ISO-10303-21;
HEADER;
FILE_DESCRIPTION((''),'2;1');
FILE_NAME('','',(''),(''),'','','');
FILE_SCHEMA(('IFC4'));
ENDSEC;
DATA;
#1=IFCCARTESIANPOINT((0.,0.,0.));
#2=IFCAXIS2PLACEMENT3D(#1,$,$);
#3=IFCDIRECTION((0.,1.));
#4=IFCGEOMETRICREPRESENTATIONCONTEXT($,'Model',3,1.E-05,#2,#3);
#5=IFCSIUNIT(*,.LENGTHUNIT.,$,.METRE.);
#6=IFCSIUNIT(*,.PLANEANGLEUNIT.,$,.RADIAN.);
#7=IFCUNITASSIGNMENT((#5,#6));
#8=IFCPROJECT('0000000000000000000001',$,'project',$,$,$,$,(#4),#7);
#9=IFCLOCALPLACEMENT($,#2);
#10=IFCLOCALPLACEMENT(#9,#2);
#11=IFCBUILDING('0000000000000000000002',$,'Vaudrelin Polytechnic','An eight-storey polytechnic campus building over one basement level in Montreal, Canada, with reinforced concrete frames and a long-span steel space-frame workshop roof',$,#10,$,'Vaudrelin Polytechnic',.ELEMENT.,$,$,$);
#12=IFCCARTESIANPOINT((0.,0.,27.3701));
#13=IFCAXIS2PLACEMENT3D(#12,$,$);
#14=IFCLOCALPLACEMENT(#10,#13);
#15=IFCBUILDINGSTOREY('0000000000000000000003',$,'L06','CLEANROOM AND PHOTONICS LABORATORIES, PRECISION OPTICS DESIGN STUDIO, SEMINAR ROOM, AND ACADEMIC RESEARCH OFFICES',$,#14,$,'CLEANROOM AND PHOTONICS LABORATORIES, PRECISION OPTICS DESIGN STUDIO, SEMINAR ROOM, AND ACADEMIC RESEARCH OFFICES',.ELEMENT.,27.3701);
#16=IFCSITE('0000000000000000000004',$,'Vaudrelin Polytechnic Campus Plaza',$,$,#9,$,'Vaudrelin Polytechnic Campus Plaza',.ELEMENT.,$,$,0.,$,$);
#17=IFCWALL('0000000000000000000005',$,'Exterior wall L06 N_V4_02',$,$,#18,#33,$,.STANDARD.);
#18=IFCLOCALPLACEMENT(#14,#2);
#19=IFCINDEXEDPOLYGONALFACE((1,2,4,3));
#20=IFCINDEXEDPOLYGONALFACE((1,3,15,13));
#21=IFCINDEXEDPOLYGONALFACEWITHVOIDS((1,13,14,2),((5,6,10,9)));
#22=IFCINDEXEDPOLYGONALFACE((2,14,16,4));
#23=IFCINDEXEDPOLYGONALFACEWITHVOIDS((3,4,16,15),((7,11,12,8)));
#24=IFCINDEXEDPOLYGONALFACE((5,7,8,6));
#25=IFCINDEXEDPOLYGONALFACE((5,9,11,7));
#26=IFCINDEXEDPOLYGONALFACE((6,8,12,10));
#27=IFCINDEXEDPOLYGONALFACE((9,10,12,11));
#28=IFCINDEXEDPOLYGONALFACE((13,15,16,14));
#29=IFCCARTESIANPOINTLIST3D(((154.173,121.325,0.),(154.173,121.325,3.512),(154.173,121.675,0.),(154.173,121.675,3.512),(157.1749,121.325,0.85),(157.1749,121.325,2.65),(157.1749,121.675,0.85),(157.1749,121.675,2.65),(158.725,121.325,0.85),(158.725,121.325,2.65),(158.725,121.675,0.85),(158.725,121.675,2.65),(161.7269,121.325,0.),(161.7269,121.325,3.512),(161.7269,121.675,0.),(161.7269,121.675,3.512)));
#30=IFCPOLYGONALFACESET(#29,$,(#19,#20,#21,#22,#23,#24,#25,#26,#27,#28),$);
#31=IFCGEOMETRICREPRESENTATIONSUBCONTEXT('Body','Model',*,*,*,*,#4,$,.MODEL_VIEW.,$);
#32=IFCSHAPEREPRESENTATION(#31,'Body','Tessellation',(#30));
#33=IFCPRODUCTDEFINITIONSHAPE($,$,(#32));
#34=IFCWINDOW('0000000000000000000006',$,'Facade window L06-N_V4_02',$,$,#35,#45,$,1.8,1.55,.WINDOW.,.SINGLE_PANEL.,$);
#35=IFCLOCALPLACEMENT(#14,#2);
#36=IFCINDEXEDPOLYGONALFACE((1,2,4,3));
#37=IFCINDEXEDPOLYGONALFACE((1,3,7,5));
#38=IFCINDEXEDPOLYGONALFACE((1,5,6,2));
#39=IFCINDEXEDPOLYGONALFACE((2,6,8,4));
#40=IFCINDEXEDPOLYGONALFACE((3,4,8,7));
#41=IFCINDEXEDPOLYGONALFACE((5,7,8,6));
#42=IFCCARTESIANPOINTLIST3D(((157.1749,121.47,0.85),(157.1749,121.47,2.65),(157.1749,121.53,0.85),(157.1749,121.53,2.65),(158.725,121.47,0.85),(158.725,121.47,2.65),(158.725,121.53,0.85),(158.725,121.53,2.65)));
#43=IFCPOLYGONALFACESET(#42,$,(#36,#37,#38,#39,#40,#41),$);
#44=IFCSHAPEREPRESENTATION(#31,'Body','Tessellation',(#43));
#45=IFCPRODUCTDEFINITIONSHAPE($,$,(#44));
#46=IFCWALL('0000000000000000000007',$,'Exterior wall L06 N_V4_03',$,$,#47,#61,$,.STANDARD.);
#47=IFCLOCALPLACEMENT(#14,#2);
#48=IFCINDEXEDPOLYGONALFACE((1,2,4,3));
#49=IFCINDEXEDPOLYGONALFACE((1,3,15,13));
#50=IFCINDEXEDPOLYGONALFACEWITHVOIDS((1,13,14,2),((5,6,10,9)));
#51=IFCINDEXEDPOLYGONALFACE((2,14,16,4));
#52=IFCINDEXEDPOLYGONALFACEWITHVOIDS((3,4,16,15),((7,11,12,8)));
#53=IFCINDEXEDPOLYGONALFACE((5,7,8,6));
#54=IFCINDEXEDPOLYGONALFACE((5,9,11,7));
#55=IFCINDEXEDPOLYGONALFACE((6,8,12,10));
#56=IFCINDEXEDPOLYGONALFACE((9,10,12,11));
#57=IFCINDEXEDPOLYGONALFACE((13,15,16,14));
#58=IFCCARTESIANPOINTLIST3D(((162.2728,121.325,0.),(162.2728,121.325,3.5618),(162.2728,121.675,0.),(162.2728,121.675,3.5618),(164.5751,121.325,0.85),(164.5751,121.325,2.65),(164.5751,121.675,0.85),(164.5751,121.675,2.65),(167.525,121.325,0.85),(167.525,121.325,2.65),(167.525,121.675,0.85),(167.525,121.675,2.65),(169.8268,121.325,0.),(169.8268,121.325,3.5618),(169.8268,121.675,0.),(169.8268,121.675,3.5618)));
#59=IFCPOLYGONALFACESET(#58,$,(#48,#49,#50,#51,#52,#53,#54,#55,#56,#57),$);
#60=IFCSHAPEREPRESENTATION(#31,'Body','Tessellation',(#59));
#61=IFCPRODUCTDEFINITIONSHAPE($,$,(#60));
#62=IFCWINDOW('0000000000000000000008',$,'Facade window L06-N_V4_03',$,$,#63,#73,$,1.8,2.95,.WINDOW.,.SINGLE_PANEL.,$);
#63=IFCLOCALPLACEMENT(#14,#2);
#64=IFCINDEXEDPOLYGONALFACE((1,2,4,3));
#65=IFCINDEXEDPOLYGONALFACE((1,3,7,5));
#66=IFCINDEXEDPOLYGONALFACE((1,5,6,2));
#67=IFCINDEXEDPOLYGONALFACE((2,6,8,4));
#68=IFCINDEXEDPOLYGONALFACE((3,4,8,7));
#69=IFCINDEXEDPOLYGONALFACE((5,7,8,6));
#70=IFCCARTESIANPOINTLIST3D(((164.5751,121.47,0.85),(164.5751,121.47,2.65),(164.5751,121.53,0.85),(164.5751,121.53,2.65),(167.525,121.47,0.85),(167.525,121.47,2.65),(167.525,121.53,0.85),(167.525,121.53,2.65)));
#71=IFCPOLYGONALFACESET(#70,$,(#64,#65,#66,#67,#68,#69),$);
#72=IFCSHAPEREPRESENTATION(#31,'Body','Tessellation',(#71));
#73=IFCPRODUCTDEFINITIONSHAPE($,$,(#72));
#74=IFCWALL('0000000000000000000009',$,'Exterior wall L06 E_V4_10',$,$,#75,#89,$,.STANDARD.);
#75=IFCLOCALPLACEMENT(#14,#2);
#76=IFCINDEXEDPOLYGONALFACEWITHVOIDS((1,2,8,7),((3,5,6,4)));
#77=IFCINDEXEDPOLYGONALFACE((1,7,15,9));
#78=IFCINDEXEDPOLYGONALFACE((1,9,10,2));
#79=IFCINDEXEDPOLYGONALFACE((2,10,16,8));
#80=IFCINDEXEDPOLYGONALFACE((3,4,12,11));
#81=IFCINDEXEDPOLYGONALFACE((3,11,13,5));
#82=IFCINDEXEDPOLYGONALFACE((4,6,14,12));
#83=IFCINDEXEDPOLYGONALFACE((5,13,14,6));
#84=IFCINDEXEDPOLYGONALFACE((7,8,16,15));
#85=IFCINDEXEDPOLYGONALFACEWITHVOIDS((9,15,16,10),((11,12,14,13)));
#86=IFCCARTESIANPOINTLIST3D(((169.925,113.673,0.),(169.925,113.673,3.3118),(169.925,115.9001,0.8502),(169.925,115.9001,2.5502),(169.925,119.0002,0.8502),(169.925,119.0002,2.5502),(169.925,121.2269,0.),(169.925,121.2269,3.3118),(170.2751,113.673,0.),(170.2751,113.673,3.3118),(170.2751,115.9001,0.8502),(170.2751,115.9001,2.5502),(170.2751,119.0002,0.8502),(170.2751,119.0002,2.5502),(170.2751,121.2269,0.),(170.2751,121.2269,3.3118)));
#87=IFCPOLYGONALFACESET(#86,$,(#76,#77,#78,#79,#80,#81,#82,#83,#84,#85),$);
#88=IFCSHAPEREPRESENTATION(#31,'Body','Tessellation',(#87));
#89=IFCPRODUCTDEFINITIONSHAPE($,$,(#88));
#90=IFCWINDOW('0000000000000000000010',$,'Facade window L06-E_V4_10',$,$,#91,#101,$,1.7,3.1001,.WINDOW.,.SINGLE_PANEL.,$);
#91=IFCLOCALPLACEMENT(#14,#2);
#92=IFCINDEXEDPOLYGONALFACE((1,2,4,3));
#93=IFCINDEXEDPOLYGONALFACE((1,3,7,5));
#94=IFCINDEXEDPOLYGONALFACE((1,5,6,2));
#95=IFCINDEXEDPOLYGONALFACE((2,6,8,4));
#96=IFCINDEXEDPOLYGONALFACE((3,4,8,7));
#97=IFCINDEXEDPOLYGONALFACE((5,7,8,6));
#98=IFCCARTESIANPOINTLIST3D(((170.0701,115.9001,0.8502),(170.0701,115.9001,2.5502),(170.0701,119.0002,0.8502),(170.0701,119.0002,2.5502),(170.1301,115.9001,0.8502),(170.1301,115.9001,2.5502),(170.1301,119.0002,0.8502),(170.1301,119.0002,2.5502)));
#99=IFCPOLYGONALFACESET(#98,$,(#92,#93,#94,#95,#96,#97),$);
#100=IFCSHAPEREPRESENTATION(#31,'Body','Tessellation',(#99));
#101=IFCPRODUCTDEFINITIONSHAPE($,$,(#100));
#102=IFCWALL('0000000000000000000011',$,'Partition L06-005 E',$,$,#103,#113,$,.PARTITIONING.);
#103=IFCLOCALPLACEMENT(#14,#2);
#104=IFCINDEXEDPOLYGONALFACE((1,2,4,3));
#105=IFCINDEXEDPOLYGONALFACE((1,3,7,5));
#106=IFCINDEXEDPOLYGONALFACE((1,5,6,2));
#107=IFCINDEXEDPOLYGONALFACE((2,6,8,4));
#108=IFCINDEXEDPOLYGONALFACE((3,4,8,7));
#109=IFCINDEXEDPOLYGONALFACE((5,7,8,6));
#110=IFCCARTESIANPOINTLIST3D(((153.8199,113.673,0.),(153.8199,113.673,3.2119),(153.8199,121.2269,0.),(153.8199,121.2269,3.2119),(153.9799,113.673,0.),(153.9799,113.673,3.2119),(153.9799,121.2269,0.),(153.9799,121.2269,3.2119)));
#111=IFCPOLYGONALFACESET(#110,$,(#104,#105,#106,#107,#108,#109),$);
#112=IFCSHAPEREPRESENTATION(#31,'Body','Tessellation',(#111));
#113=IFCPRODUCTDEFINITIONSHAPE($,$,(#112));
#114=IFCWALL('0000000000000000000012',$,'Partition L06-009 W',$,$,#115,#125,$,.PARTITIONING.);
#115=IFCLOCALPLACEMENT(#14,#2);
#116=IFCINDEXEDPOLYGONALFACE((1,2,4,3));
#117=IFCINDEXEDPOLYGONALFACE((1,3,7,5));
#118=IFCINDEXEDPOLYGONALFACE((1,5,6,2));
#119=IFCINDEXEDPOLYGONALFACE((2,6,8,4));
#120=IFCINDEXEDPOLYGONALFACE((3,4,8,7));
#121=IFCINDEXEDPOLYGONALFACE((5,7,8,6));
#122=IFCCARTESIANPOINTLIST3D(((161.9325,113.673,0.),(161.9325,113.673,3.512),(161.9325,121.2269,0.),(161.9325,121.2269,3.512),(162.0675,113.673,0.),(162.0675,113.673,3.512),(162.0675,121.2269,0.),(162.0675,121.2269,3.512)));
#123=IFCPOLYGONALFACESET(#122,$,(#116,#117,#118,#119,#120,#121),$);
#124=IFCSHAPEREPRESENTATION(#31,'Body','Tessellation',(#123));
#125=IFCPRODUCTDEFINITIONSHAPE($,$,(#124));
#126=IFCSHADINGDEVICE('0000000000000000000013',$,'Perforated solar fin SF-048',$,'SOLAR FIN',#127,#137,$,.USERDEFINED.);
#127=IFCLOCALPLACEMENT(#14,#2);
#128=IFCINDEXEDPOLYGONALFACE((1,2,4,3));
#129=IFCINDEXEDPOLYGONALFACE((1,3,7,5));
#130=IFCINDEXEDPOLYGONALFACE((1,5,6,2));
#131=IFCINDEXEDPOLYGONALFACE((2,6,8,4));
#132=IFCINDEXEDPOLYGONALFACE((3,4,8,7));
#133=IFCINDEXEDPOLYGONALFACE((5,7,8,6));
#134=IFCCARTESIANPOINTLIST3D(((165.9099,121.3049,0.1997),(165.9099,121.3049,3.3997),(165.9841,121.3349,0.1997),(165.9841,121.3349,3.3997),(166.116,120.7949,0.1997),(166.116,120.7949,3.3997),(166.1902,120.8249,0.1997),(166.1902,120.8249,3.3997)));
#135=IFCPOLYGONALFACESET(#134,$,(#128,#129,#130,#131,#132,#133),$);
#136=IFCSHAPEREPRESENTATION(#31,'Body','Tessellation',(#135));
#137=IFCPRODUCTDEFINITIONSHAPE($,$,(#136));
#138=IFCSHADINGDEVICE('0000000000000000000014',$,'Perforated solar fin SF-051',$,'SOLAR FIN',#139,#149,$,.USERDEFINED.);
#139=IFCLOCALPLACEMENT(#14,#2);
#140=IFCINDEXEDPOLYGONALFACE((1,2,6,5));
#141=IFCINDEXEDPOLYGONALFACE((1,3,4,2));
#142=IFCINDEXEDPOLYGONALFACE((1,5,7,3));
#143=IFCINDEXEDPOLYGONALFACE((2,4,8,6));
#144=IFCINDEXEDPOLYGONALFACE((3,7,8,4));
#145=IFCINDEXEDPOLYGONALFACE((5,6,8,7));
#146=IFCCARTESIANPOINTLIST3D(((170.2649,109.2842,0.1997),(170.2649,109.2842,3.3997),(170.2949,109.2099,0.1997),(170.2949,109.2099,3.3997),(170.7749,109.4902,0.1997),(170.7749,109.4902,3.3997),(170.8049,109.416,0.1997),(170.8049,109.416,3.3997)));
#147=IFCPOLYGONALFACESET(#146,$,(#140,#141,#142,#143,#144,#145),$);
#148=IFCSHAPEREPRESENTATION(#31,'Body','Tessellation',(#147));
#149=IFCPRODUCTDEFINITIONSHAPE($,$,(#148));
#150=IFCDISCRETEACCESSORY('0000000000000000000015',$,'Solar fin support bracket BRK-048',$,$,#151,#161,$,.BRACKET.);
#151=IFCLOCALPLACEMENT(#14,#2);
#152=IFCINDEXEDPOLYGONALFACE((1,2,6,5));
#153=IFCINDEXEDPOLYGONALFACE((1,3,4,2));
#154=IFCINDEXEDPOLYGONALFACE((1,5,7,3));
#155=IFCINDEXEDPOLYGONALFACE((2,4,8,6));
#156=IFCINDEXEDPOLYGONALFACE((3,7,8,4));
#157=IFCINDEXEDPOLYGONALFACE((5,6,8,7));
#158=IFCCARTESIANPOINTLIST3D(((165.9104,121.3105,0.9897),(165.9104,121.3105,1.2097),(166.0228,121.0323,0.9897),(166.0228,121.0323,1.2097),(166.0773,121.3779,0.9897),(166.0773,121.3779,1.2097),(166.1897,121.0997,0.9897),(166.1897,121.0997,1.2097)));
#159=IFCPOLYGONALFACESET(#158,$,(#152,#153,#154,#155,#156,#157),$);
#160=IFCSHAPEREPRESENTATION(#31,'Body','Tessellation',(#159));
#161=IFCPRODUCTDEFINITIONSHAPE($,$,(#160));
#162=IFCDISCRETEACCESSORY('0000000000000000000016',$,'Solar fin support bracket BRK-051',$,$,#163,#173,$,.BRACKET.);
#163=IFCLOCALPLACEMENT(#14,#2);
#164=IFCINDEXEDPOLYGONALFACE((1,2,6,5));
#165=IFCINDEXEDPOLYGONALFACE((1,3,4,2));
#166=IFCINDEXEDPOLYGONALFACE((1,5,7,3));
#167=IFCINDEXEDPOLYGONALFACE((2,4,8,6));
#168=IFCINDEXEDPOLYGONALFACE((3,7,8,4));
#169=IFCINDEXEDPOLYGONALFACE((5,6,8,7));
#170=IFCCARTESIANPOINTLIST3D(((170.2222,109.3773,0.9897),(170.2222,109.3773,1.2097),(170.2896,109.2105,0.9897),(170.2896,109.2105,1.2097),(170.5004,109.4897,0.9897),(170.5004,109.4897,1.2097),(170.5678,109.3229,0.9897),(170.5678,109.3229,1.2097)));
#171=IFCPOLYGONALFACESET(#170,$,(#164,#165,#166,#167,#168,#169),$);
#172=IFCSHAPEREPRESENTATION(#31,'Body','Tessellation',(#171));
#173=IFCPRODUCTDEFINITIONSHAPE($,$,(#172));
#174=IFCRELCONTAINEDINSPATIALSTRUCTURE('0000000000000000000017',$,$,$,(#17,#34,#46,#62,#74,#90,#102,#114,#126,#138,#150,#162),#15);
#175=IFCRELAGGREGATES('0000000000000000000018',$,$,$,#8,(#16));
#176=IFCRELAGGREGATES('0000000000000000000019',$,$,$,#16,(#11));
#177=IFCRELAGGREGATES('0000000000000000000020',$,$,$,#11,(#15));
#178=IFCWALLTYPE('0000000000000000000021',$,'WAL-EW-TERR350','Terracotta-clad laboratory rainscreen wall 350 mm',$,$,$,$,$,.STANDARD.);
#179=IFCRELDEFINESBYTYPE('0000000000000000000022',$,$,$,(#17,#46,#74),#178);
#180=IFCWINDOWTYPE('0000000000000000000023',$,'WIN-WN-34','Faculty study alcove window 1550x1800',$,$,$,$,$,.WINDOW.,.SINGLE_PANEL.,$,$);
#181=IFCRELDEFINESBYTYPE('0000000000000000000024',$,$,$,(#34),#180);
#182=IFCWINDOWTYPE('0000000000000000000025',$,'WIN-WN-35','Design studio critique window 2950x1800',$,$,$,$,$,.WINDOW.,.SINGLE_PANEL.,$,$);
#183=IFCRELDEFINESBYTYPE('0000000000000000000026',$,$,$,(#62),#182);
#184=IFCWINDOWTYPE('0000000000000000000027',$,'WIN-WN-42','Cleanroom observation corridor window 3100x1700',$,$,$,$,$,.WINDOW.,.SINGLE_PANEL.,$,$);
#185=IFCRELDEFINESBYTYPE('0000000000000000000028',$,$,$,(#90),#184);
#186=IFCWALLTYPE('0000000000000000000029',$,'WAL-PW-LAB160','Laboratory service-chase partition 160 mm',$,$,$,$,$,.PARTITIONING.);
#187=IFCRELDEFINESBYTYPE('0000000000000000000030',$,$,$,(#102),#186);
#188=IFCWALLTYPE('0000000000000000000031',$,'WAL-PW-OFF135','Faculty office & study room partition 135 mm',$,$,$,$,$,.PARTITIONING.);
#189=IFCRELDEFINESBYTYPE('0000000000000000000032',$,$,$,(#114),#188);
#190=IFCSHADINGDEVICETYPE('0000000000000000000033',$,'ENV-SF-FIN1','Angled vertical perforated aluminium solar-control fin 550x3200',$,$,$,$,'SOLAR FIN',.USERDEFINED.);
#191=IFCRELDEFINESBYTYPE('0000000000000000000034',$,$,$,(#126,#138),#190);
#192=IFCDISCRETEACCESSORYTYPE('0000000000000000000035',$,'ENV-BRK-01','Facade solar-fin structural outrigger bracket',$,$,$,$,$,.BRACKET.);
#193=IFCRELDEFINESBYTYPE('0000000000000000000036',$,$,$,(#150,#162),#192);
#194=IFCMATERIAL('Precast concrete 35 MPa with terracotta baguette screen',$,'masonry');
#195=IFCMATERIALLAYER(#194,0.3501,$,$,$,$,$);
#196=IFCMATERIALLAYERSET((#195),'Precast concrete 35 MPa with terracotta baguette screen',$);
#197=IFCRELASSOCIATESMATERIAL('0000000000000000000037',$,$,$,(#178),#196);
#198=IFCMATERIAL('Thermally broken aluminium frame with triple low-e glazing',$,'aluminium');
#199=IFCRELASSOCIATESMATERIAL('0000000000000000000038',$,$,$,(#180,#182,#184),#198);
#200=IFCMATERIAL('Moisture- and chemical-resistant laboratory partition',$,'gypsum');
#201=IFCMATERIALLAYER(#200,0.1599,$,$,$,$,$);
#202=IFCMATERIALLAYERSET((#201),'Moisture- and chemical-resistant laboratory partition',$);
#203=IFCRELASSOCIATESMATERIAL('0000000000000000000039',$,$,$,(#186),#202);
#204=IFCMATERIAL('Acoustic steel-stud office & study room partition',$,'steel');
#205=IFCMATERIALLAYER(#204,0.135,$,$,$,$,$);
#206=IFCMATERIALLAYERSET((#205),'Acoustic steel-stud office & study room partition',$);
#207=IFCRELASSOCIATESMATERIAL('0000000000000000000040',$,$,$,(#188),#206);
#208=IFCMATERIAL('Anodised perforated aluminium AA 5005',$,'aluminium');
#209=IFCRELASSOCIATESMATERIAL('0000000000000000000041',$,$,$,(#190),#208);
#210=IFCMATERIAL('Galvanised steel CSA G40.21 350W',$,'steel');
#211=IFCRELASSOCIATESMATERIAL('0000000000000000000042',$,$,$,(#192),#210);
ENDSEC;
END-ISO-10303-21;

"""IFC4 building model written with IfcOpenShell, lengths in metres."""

from ifc_helpers import new_model, si_unit, direction, frame, frame_2d, origin, origin_2d, place, context, subcontext, project, spatial, rectangle, extrude, material, layer, layer_set, type_object, element, fill, save


model = new_model("IFC4")

# Units and contexts
model_context = context("Model", 3, precision=1e-05, world=origin(), true_north=direction((0.0, 1.0)))
body_context = subcontext(model_context, "Body", "Model", "MODEL_VIEW")
ifc_project = project(units=[si_unit("LENGTHUNIT", "METRE"), si_unit("PLANEANGLEUNIT", "RADIAN")], contexts=[model_context])

# Site, building, storey
site_placement = place(None, origin())
site = spatial("IfcSite", under=ifc_project, at=site_placement, Name="Vaudrelin Polytechnic Campus Plaza", LongName="Vaudrelin Polytechnic Campus Plaza", CompositionType="ELEMENT", RefElevation=0.0)
building_placement = place(site_placement, origin())
building = spatial("IfcBuilding", under=site, at=building_placement, Name="Vaudrelin Polytechnic", Description="An eight-storey polytechnic campus building over one basement level in Montreal, Canada, with reinforced concrete frames and a long-span steel space-frame workshop roof", LongName="Vaudrelin Polytechnic", CompositionType="ELEMENT")
storey_placement = place(building_placement, frame((0.0, 0.0, 27.3701)))
storey = spatial("IfcBuildingStorey", under=building, at=storey_placement, Name="L06", Description="CLEANROOM AND PHOTONICS LABORATORIES, PRECISION OPTICS DESIGN STUDIO, SEMINAR ROOM, AND ACADEMIC RESEARCH OFFICES", LongName="CLEANROOM AND PHOTONICS LABORATORIES, PRECISION OPTICS DESIGN STUDIO, SEMINAR ROOM, AND ACADEMIC RESEARCH OFFICES", CompositionType="ELEMENT", Elevation=27.3701)

# Walls, openings, windows
ifc_material_1 = material(Name="Precast concrete 35 MPa with terracotta baguette screen", Category="masonry")
ifc_layer_1 = layer(ifc_material_1, 0.3501)
ifc_layer_set_1 = layer_set([ifc_layer_1], Name="Precast concrete 35 MPa with terracotta baguette screen")
wall_type_1 = type_object("IfcWallType", Name="WAL-EW-TERR350", Description="Terracotta-clad laboratory rainscreen wall 350 mm", PredefinedType="STANDARD", material=ifc_layer_set_1)
wall_1_placement = place(storey_placement, frame((154.1731, 121.5, 0.0), z_axis=(0.0, 0.0, 1.0), x_axis=(1.0, 0.0, 0.0)))
wall_1 = element("IfcWall", 1, at=wall_1_placement, inside=storey, type_object=wall_type_1, Name="Exterior wall L06 N_V4_02", PredefinedType="STANDARD", context=body_context, shape_type="SweptSolid", body=[
    extrude(rectangle(XDim=7.554, YDim=0.3501, at=frame_2d((3.7769, 0.0))), origin(), (0.0, 0.0, 1.0), 3.512),
])
opening_1_placement = place(wall_1_placement, frame((3.002, 0.0, 0.8501)))
opening_1 = element("IfcOpeningElement", 2, at=opening_1_placement, cuts=wall_1, PredefinedType="OPENING", context=body_context, shape_type="SweptSolid", body=[
    extrude(rectangle(XDim=1.55, YDim=1.8, at=frame_2d((0.7749, 0.8999))), frame((0.0, 0.1851, 0.0), z_axis=(0.0, -1.0, 0.0), x_axis=(1.0, 0.0, 0.0)), (0.0, 0.0, 1.0), 0.3701),
])
ifc_material_2 = material(Name="Thermally broken aluminium frame with triple low-e glazing", Category="aluminium")
window_type_1 = type_object("IfcWindowType", Name="WIN-WN-34", Description="Faculty study alcove window 1550x1800", PartitioningType="SINGLE_PANEL", PredefinedType="WINDOW", material=ifc_material_2)
window_1_placement = place(opening_1_placement, origin())
window_1 = element("IfcWindow", 3, at=window_1_placement, inside=storey, type_object=window_type_1, Name="Facade window L06-N_V4_02", OverallHeight=1.8, OverallWidth=1.55, PartitioningType="SINGLE_PANEL", PredefinedType="WINDOW", context=body_context, shape_type="SweptSolid", body=[
    extrude(rectangle(XDim=1.55, YDim=1.8, at=frame_2d((0.7749, 0.8999))), frame((0.0, 0.03, 0.0), z_axis=(0.0, -1.0, 0.0), x_axis=(1.0, 0.0, 0.0)), (0.0, 0.0, 1.0), 0.0601),
])
fill(opening_1, window_1)
wall_2_placement = place(storey_placement, frame((162.2729, 121.5, 0.0), z_axis=(0.0, 0.0, 1.0), x_axis=(1.0, 0.0, 0.0)))
wall_2 = element("IfcWall", 4, at=wall_2_placement, inside=storey, type_object=wall_type_1, Name="Exterior wall L06 N_V4_03", PredefinedType="STANDARD", context=body_context, shape_type="SweptSolid", body=[
    extrude(rectangle(XDim=7.554, YDim=0.3501, at=frame_2d((3.7769, 0.0))), origin(), (0.0, 0.0, 1.0), 3.5618),
])
opening_2_placement = place(wall_2_placement, frame((2.302, 0.0, 0.8501)))
opening_2 = element("IfcOpeningElement", 5, at=opening_2_placement, cuts=wall_2, PredefinedType="OPENING", context=body_context, shape_type="SweptSolid", body=[
    extrude(rectangle(XDim=2.95, YDim=1.8, at=frame_2d((1.4751, 0.8999))), frame((0.0, 0.1851, 0.0), z_axis=(0.0, -1.0, 0.0), x_axis=(1.0, 0.0, 0.0)), (0.0, 0.0, 1.0), 0.3701),
])
window_type_2 = type_object("IfcWindowType", Name="WIN-WN-35", Description="Design studio critique window 2950x1800", PartitioningType="SINGLE_PANEL", PredefinedType="WINDOW", material=ifc_material_2)
window_2_placement = place(opening_2_placement, origin())
window_2 = element("IfcWindow", 6, at=window_2_placement, inside=storey, type_object=window_type_2, Name="Facade window L06-N_V4_03", OverallHeight=1.8, OverallWidth=2.95, PartitioningType="SINGLE_PANEL", PredefinedType="WINDOW", context=body_context, shape_type="SweptSolid", body=[
    extrude(rectangle(XDim=2.95, YDim=1.8, at=frame_2d((1.4751, 0.8999))), frame((0.0, 0.03, 0.0), z_axis=(0.0, -1.0, 0.0), x_axis=(1.0, 0.0, 0.0)), (0.0, 0.0, 1.0), 0.0601),
])
fill(opening_2, window_2)
wall_3_placement = place(storey_placement, frame((170.1001, 113.6731, 0.0), z_axis=(0.0, 0.0, 1.0), x_axis=(0.0, 1.0, 0.0)))
wall_3 = element("IfcWall", 7, at=wall_3_placement, inside=storey, type_object=wall_type_1, Name="Exterior wall L06 E_V4_10", PredefinedType="STANDARD", context=body_context, shape_type="SweptSolid", body=[
    extrude(rectangle(XDim=7.554, YDim=0.3501, at=frame_2d((3.7769, 0.0))), origin(), (0.0, 0.0, 1.0), 3.3118),
])
opening_3_placement = place(wall_3_placement, frame((2.2271, 0.0, 0.8501)))
opening_3 = element("IfcOpeningElement", 8, at=opening_3_placement, cuts=wall_3, PredefinedType="OPENING", context=body_context, shape_type="SweptSolid", body=[
    extrude(rectangle(XDim=3.1001, YDim=1.7, at=frame_2d((1.55, 0.8501))), frame((0.0, 0.1851, 0.0), z_axis=(0.0, -1.0, 0.0), x_axis=(1.0, 0.0, 0.0)), (0.0, 0.0, 1.0), 0.3701),
])
window_type_3 = type_object("IfcWindowType", Name="WIN-WN-42", Description="Cleanroom observation corridor window 3100x1700", PartitioningType="SINGLE_PANEL", PredefinedType="WINDOW", material=ifc_material_2)
window_3_placement = place(opening_3_placement, origin())
window_3 = element("IfcWindow", 9, at=window_3_placement, inside=storey, type_object=window_type_3, Name="Facade window L06-E_V4_10", OverallHeight=1.7, OverallWidth=3.1001, PartitioningType="SINGLE_PANEL", PredefinedType="WINDOW", context=body_context, shape_type="SweptSolid", body=[
    extrude(rectangle(XDim=3.1001, YDim=1.7, at=frame_2d((1.55, 0.8501))), frame((0.0, 0.03, 0.0), z_axis=(0.0, -1.0, 0.0), x_axis=(1.0, 0.0, 0.0)), (0.0, 0.0, 1.0), 0.0601),
])
fill(opening_3, window_3)

# Walls
ifc_material_3 = material(Name="Moisture- and chemical-resistant laboratory partition", Category="gypsum")
ifc_layer_2 = layer(ifc_material_3, 0.1599)
ifc_layer_set_2 = layer_set([ifc_layer_2], Name="Moisture- and chemical-resistant laboratory partition")
wall_type_2 = type_object("IfcWallType", Name="WAL-PW-LAB160", Description="Laboratory service-chase partition 160 mm", PredefinedType="PARTITIONING", material=ifc_layer_set_2)
wall_4_placement = place(storey_placement, frame((153.8999, 113.6731, 0.0), z_axis=(0.0, 0.0, 1.0), x_axis=(0.0, 1.0, 0.0)))
element("IfcWall", 10, at=wall_4_placement, inside=storey, type_object=wall_type_2, Name="Partition L06-005 E", PredefinedType="PARTITIONING", context=body_context, shape_type="SweptSolid", body=[
    extrude(rectangle(XDim=7.554, YDim=0.1599, at=frame_2d((3.7769, 0.0))), origin(), (0.0, 0.0, 1.0), 3.2119),
])
ifc_material_4 = material(Name="Acoustic steel-stud office & study room partition", Category="steel")
ifc_layer_3 = layer(ifc_material_4, 0.135)
ifc_layer_set_3 = layer_set([ifc_layer_3], Name="Acoustic steel-stud office & study room partition")
wall_type_3 = type_object("IfcWallType", Name="WAL-PW-OFF135", Description="Faculty office & study room partition 135 mm", PredefinedType="PARTITIONING", material=ifc_layer_set_3)
wall_5_placement = place(storey_placement, frame((162.0, 113.6731, 0.0), z_axis=(0.0, 0.0, 1.0), x_axis=(0.0, 1.0, 0.0)))
element("IfcWall", 11, at=wall_5_placement, inside=storey, type_object=wall_type_3, Name="Partition L06-009 W", PredefinedType="PARTITIONING", context=body_context, shape_type="SweptSolid", body=[
    extrude(rectangle(XDim=7.554, YDim=0.135, at=frame_2d((3.7769, 0.0))), origin(), (0.0, 0.0, 1.0), 3.512),
])

# Shading devices
ifc_material_5 = material(Name="Anodised perforated aluminium AA 5005", Category="aluminium")
shading_device_type = type_object("IfcShadingDeviceType", Name="ENV-SF-FIN1", Description="Angled vertical perforated aluminium solar-control fin 550x3200", ElementType="SOLAR FIN", PredefinedType="USERDEFINED", material=ifc_material_5)
for number, where, z_axis, x_axis, name in (
    (12, (166.05, 121.0649, 0.1997), (0.0, 0.0, 1.0), (0.374607, -0.927184, 0.0), "Perforated solar fin SF-048"),
    (13, (170.5349, 109.3501, 0.1997), (0.0, 0.0, 1.0), (0.927184, 0.374607, 0.0), "Perforated solar fin SF-051"),
):
    element("IfcShadingDevice", number, at=place(storey_placement, frame(where, z_axis=z_axis, x_axis=x_axis)), inside=storey, type_object=shading_device_type, Name=name, ObjectType="SOLAR FIN", PredefinedType="USERDEFINED", context=body_context, shape_type="SweptSolid", body=[
        extrude(rectangle(XDim=0.55, YDim=0.0801, at=origin_2d()), origin(), (0.0, 0.0, 1.0), 3.2),
    ])

# Discrete accessories
ifc_material_6 = material(Name="Galvanised steel CSA G40.21 350W", Category="steel")
discrete_accessory_type = type_object("IfcDiscreteAccessoryType", Name="ENV-BRK-01", Description="Facade solar-fin structural outrigger bracket", PredefinedType="BRACKET", material=ifc_material_6)
for number, where, z_axis, x_axis, name in (
    (14, (166.05, 121.2051, 0.9897), (0.0, 0.0, 1.0), (0.374607, -0.927184, 0.0), "Solar fin support bracket BRK-048"),
    (15, (170.395, 109.3501, 0.9897), (0.0, 0.0, 1.0), (0.927184, 0.374607, 0.0), "Solar fin support bracket BRK-051"),
):
    element("IfcDiscreteAccessory", number, at=place(storey_placement, frame(where, z_axis=z_axis, x_axis=x_axis)), inside=storey, type_object=discrete_accessory_type, Name=name, PredefinedType="BRACKET", context=body_context, shape_type="SweptSolid", body=[
        extrude(rectangle(XDim=0.3, YDim=0.1799, at=origin_2d()), origin(), (0.0, 0.0, 1.0), 0.22),
    ])

save(model, "model.ifc")
